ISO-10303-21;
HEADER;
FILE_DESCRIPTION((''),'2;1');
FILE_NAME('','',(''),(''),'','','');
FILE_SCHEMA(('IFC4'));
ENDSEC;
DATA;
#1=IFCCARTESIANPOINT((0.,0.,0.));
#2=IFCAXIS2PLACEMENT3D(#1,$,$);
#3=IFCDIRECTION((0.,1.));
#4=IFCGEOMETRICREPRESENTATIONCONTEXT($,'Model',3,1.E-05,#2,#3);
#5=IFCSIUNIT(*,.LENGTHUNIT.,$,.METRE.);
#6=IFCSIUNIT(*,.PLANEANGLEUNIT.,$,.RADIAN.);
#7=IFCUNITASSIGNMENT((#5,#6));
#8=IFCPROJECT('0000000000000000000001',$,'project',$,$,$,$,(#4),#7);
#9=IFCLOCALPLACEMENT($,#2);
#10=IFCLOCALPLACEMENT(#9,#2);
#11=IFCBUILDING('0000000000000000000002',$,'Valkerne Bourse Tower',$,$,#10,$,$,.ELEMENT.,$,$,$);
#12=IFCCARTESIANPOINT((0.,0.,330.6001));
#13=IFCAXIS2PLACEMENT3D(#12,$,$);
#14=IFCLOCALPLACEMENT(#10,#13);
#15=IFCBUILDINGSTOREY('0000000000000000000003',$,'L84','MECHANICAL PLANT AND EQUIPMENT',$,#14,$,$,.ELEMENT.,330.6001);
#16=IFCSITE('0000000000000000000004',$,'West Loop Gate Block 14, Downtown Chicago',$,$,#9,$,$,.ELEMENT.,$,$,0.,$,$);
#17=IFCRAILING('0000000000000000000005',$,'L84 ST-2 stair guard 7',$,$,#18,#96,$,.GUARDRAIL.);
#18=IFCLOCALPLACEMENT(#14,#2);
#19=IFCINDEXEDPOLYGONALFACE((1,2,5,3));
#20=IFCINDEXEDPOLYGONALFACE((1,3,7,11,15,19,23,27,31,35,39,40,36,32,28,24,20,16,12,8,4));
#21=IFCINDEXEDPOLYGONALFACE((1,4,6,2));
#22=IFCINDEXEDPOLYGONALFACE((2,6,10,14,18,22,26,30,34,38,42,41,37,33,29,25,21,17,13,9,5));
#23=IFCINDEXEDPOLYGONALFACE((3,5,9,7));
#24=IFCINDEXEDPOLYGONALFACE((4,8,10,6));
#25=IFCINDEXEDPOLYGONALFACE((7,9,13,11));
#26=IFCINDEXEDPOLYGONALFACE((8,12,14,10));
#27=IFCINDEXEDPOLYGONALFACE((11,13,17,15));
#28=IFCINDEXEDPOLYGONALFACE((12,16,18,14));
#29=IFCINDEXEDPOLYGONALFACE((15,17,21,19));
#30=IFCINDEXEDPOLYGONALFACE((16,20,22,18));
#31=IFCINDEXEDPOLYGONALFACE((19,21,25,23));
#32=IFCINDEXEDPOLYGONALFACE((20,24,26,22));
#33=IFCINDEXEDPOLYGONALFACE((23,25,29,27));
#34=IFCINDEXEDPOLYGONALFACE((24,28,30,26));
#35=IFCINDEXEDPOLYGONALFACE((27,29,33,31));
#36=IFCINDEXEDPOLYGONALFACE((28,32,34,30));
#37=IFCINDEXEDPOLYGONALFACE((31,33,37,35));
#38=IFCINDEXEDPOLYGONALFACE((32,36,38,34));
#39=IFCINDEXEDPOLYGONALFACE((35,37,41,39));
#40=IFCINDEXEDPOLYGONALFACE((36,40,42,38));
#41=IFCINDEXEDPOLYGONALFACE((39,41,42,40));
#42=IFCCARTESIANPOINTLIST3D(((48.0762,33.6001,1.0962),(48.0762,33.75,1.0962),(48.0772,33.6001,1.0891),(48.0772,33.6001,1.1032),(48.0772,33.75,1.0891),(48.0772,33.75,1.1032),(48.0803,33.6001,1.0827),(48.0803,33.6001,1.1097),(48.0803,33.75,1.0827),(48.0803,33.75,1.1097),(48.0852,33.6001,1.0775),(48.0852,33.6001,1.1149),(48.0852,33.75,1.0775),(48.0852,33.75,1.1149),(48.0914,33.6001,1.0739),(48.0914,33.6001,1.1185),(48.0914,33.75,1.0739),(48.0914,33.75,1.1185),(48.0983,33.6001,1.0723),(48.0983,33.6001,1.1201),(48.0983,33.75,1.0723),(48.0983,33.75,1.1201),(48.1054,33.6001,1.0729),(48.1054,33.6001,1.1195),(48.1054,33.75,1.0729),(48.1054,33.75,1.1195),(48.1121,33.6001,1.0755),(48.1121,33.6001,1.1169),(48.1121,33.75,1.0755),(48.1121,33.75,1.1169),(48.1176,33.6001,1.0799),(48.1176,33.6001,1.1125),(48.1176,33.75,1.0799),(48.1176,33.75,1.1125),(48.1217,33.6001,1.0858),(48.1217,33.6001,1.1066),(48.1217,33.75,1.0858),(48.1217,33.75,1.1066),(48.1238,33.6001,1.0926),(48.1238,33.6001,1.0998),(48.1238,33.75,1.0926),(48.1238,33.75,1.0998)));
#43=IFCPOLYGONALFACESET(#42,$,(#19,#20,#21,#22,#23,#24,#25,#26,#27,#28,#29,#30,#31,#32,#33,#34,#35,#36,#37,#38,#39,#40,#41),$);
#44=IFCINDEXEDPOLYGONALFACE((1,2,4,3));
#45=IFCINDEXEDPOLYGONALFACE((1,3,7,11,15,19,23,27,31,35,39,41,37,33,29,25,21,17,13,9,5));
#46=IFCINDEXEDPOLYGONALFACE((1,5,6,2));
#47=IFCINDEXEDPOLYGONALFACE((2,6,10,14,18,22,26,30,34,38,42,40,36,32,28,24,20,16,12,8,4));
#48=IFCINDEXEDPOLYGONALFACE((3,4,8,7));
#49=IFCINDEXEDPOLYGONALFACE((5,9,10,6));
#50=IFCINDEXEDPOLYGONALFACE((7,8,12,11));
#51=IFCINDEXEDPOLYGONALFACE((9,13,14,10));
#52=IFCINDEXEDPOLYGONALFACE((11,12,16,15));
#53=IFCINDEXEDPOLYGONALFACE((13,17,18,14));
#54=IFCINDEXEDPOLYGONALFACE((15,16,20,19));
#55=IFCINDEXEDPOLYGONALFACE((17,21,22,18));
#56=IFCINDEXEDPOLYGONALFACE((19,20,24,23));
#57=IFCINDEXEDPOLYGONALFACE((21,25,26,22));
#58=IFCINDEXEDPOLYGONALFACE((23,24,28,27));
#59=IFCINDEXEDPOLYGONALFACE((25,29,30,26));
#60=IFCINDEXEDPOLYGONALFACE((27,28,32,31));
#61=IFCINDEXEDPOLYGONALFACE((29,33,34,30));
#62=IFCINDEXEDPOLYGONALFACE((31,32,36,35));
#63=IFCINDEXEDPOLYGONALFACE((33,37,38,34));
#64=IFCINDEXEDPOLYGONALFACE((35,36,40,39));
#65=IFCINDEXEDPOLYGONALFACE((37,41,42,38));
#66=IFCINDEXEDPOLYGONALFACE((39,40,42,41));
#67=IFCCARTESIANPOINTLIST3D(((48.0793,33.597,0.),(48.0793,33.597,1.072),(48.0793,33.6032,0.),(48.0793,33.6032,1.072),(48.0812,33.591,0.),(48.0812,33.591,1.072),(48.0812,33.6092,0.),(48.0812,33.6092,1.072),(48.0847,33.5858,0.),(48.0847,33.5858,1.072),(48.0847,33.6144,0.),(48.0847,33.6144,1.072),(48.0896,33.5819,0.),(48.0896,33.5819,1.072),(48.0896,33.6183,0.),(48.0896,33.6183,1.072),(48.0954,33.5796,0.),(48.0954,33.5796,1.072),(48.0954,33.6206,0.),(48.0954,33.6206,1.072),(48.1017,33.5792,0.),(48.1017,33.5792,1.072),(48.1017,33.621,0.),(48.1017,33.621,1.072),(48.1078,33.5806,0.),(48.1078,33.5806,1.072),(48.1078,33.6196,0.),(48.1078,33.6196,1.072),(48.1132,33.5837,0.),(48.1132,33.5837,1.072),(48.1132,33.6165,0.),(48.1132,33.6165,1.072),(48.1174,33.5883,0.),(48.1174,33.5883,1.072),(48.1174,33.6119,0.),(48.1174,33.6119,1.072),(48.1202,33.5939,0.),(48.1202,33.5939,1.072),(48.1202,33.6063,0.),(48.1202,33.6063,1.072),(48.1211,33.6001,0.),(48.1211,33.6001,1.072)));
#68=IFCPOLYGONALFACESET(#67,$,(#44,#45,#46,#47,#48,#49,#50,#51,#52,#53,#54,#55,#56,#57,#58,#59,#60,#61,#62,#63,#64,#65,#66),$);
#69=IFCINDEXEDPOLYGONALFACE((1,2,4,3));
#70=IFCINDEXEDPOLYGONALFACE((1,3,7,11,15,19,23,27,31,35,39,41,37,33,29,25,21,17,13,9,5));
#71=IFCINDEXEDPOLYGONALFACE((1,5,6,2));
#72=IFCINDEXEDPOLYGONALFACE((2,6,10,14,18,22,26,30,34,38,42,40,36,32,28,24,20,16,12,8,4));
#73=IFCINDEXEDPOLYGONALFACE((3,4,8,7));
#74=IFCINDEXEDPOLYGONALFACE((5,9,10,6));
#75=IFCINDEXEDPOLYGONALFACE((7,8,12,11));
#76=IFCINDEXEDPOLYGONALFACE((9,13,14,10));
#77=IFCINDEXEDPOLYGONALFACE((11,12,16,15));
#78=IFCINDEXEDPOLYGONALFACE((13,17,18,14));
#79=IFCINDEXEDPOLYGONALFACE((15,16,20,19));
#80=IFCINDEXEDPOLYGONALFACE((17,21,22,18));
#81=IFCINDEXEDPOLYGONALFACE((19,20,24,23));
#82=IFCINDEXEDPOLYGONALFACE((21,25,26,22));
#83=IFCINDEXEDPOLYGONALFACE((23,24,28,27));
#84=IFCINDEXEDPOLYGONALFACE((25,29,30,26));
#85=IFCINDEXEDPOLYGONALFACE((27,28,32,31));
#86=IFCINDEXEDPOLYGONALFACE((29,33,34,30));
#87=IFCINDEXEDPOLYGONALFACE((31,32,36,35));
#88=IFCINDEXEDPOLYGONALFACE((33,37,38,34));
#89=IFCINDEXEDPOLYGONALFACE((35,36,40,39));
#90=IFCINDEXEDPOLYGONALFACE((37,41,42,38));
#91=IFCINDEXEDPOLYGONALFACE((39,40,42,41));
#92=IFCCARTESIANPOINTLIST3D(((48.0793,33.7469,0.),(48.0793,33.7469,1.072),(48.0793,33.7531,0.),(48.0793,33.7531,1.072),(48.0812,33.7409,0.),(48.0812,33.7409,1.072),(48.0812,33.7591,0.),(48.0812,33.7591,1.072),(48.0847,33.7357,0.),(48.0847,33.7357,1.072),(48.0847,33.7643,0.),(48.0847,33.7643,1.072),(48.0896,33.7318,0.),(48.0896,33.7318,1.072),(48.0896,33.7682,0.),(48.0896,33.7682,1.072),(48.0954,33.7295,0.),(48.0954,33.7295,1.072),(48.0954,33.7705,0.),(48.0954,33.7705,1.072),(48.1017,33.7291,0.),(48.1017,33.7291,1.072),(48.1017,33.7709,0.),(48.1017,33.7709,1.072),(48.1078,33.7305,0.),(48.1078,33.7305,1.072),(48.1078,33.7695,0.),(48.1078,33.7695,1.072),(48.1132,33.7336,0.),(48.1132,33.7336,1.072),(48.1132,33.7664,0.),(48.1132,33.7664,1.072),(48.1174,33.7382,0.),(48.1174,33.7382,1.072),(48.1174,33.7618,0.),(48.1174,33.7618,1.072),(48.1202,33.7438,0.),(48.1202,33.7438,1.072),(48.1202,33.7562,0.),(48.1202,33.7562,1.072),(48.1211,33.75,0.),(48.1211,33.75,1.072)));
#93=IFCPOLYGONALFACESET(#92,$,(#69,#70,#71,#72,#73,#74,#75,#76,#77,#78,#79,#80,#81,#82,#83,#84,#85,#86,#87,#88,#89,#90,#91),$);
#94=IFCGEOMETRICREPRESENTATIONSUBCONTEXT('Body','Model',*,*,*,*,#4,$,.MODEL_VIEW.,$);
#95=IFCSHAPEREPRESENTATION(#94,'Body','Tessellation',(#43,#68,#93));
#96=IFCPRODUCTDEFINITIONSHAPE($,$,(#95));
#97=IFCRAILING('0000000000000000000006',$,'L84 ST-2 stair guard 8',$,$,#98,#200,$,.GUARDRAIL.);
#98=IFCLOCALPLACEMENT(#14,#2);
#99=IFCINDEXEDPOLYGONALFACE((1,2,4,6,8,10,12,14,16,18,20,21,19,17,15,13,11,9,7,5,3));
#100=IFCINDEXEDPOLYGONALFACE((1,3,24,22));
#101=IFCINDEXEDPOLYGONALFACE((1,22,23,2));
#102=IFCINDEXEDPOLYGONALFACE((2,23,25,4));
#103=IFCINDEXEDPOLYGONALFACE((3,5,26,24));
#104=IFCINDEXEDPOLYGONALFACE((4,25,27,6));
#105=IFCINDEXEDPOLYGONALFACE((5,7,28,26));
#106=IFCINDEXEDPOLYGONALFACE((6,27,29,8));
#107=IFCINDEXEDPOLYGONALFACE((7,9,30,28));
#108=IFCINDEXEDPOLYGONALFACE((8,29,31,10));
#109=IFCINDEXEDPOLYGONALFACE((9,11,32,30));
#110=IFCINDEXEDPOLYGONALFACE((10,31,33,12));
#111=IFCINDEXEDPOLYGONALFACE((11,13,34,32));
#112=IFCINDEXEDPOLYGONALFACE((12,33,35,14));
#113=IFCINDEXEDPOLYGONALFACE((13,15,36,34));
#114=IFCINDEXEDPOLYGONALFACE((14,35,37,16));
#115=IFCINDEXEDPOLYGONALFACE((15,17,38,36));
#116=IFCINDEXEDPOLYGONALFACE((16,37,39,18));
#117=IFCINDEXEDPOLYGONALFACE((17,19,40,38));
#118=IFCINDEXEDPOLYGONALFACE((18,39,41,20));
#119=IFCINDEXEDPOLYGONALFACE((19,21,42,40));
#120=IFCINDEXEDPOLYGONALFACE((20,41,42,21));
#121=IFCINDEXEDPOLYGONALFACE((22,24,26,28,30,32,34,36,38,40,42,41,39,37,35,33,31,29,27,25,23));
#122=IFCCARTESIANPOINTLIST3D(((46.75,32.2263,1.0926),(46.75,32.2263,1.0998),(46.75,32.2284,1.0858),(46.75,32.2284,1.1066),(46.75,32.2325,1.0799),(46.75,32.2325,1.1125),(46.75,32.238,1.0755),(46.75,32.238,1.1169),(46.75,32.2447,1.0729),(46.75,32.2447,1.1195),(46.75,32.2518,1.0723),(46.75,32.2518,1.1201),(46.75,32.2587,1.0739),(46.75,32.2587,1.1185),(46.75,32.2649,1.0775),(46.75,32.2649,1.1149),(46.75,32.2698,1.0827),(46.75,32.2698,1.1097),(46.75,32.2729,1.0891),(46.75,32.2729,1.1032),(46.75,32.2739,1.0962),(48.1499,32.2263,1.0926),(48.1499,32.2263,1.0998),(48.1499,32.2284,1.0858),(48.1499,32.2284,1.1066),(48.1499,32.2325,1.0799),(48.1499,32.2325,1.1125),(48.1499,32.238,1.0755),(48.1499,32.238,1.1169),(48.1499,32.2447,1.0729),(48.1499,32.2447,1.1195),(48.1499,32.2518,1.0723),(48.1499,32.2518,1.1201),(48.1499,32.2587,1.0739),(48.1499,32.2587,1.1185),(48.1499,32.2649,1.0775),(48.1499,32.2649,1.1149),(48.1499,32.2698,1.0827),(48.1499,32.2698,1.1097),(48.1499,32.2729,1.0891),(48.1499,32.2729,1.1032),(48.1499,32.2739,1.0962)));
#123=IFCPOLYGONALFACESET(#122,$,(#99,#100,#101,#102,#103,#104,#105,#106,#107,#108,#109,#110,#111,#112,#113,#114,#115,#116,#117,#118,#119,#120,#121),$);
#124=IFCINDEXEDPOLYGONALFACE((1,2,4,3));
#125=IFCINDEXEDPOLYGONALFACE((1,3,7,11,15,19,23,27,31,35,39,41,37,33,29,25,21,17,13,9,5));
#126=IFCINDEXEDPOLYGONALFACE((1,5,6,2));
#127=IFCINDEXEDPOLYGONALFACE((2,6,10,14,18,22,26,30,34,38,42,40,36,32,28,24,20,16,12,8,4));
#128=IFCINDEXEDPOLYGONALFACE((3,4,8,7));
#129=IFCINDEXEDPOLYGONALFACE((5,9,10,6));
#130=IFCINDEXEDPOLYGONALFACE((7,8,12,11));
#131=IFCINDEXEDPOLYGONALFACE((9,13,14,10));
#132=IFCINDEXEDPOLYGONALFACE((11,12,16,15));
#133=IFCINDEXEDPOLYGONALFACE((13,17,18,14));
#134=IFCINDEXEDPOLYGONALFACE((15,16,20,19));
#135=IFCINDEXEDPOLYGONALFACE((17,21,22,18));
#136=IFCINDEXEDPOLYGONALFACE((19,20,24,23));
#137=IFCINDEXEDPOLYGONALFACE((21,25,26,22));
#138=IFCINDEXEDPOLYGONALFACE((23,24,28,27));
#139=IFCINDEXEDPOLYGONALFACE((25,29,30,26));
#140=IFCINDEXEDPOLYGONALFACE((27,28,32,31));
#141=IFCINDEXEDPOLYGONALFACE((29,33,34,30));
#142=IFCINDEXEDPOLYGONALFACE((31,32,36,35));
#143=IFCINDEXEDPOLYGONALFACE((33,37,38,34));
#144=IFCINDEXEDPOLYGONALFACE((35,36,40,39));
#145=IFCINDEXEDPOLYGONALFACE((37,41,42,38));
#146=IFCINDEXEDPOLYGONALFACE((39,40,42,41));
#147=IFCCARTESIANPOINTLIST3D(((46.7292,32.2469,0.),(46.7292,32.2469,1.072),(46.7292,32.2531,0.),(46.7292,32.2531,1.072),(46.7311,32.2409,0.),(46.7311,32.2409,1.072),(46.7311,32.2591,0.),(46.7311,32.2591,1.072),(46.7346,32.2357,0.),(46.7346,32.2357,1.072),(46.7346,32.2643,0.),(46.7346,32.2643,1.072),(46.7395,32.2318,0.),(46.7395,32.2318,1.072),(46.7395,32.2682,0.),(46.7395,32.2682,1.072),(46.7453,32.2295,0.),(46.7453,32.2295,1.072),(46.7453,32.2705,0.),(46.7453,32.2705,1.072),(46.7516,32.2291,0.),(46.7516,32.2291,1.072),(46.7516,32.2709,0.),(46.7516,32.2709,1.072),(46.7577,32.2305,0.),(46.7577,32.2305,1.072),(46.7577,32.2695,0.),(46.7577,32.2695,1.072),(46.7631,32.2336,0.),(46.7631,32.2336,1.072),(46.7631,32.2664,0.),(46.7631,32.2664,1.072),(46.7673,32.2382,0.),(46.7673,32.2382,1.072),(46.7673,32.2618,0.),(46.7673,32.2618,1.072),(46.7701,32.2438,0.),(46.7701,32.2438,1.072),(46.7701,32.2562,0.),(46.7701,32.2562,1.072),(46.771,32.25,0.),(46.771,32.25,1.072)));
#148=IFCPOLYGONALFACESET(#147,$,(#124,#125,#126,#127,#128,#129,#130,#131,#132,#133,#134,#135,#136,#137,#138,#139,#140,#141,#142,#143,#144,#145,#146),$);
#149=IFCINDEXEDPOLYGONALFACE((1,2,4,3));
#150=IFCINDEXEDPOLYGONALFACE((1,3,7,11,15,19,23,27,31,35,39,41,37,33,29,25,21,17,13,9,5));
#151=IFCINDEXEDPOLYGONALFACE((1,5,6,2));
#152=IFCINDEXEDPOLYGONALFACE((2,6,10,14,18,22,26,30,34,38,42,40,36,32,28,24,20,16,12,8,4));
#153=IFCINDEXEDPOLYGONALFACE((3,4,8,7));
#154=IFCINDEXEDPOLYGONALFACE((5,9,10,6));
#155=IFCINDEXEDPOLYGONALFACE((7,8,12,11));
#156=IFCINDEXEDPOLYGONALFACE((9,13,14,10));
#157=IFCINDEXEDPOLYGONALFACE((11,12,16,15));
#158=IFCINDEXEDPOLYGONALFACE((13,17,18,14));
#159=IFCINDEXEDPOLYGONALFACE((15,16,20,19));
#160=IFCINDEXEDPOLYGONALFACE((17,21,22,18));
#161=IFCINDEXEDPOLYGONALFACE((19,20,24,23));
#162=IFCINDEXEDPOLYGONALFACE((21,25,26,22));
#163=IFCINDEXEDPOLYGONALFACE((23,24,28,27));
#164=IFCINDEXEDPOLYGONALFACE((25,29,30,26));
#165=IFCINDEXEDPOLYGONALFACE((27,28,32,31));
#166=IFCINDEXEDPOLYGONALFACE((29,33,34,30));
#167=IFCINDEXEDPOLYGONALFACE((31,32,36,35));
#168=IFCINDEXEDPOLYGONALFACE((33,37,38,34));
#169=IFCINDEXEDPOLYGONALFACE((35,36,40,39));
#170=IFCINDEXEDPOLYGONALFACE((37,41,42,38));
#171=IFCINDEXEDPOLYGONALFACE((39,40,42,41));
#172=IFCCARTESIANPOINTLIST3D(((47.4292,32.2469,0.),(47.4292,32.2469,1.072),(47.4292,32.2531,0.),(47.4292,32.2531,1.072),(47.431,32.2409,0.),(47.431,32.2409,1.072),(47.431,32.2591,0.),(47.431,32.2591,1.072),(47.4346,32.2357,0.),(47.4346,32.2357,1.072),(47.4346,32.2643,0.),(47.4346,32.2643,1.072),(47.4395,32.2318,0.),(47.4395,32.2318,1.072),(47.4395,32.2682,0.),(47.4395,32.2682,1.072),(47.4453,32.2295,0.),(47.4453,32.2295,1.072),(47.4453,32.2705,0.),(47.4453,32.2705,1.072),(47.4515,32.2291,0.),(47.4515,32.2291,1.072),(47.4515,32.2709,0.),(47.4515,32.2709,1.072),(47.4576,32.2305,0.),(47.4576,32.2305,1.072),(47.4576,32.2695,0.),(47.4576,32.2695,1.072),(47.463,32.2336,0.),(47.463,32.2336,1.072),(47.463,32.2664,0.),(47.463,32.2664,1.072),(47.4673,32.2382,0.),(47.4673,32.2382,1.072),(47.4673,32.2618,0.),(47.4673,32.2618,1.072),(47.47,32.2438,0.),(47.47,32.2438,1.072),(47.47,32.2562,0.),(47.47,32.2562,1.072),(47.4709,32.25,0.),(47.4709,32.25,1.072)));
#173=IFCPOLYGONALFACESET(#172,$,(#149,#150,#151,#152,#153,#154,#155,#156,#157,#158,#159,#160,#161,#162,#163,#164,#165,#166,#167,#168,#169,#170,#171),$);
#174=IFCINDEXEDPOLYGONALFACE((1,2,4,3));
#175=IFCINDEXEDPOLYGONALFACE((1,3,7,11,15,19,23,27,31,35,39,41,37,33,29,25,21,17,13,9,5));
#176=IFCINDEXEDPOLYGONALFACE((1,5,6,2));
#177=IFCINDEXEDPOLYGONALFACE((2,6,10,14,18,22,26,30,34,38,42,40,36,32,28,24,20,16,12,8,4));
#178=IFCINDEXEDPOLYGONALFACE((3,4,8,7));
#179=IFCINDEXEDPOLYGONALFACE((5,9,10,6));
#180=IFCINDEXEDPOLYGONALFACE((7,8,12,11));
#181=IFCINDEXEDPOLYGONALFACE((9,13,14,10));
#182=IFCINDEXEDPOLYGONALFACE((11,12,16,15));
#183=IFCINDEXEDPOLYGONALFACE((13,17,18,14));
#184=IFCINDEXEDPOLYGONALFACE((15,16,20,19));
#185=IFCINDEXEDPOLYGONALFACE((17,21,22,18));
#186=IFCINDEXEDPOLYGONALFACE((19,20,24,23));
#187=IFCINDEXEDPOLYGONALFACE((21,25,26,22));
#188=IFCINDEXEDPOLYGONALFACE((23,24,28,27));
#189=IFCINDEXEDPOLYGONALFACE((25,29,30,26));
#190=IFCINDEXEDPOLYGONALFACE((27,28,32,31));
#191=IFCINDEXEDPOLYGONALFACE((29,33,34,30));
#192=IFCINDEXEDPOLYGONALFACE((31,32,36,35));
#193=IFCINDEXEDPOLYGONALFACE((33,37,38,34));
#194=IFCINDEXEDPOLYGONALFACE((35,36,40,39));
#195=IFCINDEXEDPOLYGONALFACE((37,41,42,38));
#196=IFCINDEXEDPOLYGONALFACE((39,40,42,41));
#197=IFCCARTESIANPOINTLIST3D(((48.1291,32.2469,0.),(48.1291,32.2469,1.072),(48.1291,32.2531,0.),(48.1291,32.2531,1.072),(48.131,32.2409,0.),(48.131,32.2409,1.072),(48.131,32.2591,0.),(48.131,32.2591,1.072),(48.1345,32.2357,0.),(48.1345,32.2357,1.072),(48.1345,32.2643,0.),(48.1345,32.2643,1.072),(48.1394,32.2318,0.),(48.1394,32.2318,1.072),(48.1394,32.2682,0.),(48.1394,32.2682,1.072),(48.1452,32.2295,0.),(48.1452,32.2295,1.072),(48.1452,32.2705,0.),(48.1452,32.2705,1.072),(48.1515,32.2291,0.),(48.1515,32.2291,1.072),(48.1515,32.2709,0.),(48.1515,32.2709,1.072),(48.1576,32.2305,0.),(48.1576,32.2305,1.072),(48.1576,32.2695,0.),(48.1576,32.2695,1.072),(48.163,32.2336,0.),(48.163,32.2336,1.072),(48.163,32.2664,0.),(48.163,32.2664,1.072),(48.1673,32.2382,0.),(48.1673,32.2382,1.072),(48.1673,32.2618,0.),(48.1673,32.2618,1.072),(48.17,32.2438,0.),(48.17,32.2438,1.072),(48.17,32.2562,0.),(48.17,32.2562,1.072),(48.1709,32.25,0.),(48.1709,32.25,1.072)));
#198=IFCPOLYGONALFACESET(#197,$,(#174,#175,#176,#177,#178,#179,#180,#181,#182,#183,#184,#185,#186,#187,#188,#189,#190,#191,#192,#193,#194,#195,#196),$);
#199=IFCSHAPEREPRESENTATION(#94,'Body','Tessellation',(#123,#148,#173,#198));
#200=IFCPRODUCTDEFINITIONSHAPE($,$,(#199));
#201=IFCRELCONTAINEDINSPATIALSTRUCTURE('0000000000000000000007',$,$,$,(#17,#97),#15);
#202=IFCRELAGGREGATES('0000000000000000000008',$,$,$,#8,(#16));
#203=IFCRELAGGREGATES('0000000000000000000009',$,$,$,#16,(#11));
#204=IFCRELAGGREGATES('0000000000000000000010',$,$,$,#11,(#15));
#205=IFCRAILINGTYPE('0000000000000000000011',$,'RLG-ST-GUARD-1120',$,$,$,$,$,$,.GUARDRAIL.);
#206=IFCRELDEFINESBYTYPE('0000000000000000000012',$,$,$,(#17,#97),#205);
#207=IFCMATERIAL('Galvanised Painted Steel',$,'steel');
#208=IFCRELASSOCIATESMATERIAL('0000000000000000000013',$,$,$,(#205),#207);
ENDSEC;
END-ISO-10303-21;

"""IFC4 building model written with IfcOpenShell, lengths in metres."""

from ifc_helpers import new_model, si_unit, direction, frame, origin, origin_2d, place, context, subcontext, project, spatial, circle, extrude, material, type_object, element, save


model = new_model("IFC4")

# Units and contexts
model_context = context("Model", 3, precision=1e-05, world=origin(), true_north=direction((0.0, 1.0)))
body_context = subcontext(model_context, "Body", "Model", "MODEL_VIEW")
ifc_project = project(units=[si_unit("LENGTHUNIT", "METRE"), si_unit("PLANEANGLEUNIT", "RADIAN")], contexts=[model_context])

# Site, building, storey
site_placement = place(None, origin())
site = spatial("IfcSite", under=ifc_project, at=site_placement, Name="West Loop Gate Block 14, Downtown Chicago", CompositionType="ELEMENT", RefElevation=0.0)
building_placement = place(site_placement, origin())
building = spatial("IfcBuilding", under=site, at=building_placement, Name="Valkerne Bourse Tower", CompositionType="ELEMENT")
storey_placement = place(building_placement, frame((0.0, 0.0, 330.6001)))
storey = spatial("IfcBuildingStorey", under=building, at=storey_placement, Name="L84", Description="MECHANICAL PLANT AND EQUIPMENT", CompositionType="ELEMENT", Elevation=330.6001)

# Shared definitions
ifc_material_1 = material(Name="Galvanised Painted Steel", Category="steel")

# Railings
railing_type_1 = type_object("IfcRailingType", Name="RLG-ST-GUARD-1120", PredefinedType="GUARDRAIL", material=ifc_material_1)
railing_1_placement = place(storey_placement, frame((48.1001, 33.6001, 0.0)))
element("IfcRailing", 1, at=railing_1_placement, inside=storey, type_object=railing_type_1, Name="L84 ST-2 stair guard 7", PredefinedType="GUARDRAIL", context=body_context, shape_type="SweptSolid", body=[
    extrude(circle(Radius=0.0239, at=origin_2d()), frame((0.0, 0.0, 1.0962), z_axis=(0.0, 1.0, 0.0), x_axis=(-1.0, 0.0, 0.0)), (0.0, 0.0, 1.0), 0.1499),
    extrude(circle(Radius=0.021, at=origin_2d()), origin(), (0.0, 0.0, 1.0), 1.072),
    extrude(circle(Radius=0.021, at=origin_2d()), frame((0.0, 0.1499, 0.0)), (0.0, 0.0, 1.0), 1.072),
])
for number, where, name in (
    (2, (46.75, 32.25, 0.0), "L84 ST-2 stair guard 8"),
):
    element("IfcRailing", number, at=place(storey_placement, frame(where)), inside=storey, type_object=railing_type_1, Name=name, PredefinedType="GUARDRAIL", context=body_context, shape_type="SweptSolid", body=[
        extrude(circle(Radius=0.0239, at=origin_2d()), frame((0.0, 0.0, 1.0962), z_axis=(1.0, 0.0, 0.0), x_axis=(0.0, 1.0, 0.0)), (0.0, 0.0, 1.0), 1.3999),
        extrude(circle(Radius=0.021, at=origin_2d()), origin(), (0.0, 0.0, 1.0), 1.072),
        extrude(circle(Radius=0.021, at=origin_2d()), frame((0.7, 0.0, 0.0)), (0.0, 0.0, 1.0), 1.072),
        extrude(circle(Radius=0.021, at=origin_2d()), frame((1.3999, 0.0, 0.0)), (0.0, 0.0, 1.0), 1.072),
    ])

save(model, "model.ifc")
